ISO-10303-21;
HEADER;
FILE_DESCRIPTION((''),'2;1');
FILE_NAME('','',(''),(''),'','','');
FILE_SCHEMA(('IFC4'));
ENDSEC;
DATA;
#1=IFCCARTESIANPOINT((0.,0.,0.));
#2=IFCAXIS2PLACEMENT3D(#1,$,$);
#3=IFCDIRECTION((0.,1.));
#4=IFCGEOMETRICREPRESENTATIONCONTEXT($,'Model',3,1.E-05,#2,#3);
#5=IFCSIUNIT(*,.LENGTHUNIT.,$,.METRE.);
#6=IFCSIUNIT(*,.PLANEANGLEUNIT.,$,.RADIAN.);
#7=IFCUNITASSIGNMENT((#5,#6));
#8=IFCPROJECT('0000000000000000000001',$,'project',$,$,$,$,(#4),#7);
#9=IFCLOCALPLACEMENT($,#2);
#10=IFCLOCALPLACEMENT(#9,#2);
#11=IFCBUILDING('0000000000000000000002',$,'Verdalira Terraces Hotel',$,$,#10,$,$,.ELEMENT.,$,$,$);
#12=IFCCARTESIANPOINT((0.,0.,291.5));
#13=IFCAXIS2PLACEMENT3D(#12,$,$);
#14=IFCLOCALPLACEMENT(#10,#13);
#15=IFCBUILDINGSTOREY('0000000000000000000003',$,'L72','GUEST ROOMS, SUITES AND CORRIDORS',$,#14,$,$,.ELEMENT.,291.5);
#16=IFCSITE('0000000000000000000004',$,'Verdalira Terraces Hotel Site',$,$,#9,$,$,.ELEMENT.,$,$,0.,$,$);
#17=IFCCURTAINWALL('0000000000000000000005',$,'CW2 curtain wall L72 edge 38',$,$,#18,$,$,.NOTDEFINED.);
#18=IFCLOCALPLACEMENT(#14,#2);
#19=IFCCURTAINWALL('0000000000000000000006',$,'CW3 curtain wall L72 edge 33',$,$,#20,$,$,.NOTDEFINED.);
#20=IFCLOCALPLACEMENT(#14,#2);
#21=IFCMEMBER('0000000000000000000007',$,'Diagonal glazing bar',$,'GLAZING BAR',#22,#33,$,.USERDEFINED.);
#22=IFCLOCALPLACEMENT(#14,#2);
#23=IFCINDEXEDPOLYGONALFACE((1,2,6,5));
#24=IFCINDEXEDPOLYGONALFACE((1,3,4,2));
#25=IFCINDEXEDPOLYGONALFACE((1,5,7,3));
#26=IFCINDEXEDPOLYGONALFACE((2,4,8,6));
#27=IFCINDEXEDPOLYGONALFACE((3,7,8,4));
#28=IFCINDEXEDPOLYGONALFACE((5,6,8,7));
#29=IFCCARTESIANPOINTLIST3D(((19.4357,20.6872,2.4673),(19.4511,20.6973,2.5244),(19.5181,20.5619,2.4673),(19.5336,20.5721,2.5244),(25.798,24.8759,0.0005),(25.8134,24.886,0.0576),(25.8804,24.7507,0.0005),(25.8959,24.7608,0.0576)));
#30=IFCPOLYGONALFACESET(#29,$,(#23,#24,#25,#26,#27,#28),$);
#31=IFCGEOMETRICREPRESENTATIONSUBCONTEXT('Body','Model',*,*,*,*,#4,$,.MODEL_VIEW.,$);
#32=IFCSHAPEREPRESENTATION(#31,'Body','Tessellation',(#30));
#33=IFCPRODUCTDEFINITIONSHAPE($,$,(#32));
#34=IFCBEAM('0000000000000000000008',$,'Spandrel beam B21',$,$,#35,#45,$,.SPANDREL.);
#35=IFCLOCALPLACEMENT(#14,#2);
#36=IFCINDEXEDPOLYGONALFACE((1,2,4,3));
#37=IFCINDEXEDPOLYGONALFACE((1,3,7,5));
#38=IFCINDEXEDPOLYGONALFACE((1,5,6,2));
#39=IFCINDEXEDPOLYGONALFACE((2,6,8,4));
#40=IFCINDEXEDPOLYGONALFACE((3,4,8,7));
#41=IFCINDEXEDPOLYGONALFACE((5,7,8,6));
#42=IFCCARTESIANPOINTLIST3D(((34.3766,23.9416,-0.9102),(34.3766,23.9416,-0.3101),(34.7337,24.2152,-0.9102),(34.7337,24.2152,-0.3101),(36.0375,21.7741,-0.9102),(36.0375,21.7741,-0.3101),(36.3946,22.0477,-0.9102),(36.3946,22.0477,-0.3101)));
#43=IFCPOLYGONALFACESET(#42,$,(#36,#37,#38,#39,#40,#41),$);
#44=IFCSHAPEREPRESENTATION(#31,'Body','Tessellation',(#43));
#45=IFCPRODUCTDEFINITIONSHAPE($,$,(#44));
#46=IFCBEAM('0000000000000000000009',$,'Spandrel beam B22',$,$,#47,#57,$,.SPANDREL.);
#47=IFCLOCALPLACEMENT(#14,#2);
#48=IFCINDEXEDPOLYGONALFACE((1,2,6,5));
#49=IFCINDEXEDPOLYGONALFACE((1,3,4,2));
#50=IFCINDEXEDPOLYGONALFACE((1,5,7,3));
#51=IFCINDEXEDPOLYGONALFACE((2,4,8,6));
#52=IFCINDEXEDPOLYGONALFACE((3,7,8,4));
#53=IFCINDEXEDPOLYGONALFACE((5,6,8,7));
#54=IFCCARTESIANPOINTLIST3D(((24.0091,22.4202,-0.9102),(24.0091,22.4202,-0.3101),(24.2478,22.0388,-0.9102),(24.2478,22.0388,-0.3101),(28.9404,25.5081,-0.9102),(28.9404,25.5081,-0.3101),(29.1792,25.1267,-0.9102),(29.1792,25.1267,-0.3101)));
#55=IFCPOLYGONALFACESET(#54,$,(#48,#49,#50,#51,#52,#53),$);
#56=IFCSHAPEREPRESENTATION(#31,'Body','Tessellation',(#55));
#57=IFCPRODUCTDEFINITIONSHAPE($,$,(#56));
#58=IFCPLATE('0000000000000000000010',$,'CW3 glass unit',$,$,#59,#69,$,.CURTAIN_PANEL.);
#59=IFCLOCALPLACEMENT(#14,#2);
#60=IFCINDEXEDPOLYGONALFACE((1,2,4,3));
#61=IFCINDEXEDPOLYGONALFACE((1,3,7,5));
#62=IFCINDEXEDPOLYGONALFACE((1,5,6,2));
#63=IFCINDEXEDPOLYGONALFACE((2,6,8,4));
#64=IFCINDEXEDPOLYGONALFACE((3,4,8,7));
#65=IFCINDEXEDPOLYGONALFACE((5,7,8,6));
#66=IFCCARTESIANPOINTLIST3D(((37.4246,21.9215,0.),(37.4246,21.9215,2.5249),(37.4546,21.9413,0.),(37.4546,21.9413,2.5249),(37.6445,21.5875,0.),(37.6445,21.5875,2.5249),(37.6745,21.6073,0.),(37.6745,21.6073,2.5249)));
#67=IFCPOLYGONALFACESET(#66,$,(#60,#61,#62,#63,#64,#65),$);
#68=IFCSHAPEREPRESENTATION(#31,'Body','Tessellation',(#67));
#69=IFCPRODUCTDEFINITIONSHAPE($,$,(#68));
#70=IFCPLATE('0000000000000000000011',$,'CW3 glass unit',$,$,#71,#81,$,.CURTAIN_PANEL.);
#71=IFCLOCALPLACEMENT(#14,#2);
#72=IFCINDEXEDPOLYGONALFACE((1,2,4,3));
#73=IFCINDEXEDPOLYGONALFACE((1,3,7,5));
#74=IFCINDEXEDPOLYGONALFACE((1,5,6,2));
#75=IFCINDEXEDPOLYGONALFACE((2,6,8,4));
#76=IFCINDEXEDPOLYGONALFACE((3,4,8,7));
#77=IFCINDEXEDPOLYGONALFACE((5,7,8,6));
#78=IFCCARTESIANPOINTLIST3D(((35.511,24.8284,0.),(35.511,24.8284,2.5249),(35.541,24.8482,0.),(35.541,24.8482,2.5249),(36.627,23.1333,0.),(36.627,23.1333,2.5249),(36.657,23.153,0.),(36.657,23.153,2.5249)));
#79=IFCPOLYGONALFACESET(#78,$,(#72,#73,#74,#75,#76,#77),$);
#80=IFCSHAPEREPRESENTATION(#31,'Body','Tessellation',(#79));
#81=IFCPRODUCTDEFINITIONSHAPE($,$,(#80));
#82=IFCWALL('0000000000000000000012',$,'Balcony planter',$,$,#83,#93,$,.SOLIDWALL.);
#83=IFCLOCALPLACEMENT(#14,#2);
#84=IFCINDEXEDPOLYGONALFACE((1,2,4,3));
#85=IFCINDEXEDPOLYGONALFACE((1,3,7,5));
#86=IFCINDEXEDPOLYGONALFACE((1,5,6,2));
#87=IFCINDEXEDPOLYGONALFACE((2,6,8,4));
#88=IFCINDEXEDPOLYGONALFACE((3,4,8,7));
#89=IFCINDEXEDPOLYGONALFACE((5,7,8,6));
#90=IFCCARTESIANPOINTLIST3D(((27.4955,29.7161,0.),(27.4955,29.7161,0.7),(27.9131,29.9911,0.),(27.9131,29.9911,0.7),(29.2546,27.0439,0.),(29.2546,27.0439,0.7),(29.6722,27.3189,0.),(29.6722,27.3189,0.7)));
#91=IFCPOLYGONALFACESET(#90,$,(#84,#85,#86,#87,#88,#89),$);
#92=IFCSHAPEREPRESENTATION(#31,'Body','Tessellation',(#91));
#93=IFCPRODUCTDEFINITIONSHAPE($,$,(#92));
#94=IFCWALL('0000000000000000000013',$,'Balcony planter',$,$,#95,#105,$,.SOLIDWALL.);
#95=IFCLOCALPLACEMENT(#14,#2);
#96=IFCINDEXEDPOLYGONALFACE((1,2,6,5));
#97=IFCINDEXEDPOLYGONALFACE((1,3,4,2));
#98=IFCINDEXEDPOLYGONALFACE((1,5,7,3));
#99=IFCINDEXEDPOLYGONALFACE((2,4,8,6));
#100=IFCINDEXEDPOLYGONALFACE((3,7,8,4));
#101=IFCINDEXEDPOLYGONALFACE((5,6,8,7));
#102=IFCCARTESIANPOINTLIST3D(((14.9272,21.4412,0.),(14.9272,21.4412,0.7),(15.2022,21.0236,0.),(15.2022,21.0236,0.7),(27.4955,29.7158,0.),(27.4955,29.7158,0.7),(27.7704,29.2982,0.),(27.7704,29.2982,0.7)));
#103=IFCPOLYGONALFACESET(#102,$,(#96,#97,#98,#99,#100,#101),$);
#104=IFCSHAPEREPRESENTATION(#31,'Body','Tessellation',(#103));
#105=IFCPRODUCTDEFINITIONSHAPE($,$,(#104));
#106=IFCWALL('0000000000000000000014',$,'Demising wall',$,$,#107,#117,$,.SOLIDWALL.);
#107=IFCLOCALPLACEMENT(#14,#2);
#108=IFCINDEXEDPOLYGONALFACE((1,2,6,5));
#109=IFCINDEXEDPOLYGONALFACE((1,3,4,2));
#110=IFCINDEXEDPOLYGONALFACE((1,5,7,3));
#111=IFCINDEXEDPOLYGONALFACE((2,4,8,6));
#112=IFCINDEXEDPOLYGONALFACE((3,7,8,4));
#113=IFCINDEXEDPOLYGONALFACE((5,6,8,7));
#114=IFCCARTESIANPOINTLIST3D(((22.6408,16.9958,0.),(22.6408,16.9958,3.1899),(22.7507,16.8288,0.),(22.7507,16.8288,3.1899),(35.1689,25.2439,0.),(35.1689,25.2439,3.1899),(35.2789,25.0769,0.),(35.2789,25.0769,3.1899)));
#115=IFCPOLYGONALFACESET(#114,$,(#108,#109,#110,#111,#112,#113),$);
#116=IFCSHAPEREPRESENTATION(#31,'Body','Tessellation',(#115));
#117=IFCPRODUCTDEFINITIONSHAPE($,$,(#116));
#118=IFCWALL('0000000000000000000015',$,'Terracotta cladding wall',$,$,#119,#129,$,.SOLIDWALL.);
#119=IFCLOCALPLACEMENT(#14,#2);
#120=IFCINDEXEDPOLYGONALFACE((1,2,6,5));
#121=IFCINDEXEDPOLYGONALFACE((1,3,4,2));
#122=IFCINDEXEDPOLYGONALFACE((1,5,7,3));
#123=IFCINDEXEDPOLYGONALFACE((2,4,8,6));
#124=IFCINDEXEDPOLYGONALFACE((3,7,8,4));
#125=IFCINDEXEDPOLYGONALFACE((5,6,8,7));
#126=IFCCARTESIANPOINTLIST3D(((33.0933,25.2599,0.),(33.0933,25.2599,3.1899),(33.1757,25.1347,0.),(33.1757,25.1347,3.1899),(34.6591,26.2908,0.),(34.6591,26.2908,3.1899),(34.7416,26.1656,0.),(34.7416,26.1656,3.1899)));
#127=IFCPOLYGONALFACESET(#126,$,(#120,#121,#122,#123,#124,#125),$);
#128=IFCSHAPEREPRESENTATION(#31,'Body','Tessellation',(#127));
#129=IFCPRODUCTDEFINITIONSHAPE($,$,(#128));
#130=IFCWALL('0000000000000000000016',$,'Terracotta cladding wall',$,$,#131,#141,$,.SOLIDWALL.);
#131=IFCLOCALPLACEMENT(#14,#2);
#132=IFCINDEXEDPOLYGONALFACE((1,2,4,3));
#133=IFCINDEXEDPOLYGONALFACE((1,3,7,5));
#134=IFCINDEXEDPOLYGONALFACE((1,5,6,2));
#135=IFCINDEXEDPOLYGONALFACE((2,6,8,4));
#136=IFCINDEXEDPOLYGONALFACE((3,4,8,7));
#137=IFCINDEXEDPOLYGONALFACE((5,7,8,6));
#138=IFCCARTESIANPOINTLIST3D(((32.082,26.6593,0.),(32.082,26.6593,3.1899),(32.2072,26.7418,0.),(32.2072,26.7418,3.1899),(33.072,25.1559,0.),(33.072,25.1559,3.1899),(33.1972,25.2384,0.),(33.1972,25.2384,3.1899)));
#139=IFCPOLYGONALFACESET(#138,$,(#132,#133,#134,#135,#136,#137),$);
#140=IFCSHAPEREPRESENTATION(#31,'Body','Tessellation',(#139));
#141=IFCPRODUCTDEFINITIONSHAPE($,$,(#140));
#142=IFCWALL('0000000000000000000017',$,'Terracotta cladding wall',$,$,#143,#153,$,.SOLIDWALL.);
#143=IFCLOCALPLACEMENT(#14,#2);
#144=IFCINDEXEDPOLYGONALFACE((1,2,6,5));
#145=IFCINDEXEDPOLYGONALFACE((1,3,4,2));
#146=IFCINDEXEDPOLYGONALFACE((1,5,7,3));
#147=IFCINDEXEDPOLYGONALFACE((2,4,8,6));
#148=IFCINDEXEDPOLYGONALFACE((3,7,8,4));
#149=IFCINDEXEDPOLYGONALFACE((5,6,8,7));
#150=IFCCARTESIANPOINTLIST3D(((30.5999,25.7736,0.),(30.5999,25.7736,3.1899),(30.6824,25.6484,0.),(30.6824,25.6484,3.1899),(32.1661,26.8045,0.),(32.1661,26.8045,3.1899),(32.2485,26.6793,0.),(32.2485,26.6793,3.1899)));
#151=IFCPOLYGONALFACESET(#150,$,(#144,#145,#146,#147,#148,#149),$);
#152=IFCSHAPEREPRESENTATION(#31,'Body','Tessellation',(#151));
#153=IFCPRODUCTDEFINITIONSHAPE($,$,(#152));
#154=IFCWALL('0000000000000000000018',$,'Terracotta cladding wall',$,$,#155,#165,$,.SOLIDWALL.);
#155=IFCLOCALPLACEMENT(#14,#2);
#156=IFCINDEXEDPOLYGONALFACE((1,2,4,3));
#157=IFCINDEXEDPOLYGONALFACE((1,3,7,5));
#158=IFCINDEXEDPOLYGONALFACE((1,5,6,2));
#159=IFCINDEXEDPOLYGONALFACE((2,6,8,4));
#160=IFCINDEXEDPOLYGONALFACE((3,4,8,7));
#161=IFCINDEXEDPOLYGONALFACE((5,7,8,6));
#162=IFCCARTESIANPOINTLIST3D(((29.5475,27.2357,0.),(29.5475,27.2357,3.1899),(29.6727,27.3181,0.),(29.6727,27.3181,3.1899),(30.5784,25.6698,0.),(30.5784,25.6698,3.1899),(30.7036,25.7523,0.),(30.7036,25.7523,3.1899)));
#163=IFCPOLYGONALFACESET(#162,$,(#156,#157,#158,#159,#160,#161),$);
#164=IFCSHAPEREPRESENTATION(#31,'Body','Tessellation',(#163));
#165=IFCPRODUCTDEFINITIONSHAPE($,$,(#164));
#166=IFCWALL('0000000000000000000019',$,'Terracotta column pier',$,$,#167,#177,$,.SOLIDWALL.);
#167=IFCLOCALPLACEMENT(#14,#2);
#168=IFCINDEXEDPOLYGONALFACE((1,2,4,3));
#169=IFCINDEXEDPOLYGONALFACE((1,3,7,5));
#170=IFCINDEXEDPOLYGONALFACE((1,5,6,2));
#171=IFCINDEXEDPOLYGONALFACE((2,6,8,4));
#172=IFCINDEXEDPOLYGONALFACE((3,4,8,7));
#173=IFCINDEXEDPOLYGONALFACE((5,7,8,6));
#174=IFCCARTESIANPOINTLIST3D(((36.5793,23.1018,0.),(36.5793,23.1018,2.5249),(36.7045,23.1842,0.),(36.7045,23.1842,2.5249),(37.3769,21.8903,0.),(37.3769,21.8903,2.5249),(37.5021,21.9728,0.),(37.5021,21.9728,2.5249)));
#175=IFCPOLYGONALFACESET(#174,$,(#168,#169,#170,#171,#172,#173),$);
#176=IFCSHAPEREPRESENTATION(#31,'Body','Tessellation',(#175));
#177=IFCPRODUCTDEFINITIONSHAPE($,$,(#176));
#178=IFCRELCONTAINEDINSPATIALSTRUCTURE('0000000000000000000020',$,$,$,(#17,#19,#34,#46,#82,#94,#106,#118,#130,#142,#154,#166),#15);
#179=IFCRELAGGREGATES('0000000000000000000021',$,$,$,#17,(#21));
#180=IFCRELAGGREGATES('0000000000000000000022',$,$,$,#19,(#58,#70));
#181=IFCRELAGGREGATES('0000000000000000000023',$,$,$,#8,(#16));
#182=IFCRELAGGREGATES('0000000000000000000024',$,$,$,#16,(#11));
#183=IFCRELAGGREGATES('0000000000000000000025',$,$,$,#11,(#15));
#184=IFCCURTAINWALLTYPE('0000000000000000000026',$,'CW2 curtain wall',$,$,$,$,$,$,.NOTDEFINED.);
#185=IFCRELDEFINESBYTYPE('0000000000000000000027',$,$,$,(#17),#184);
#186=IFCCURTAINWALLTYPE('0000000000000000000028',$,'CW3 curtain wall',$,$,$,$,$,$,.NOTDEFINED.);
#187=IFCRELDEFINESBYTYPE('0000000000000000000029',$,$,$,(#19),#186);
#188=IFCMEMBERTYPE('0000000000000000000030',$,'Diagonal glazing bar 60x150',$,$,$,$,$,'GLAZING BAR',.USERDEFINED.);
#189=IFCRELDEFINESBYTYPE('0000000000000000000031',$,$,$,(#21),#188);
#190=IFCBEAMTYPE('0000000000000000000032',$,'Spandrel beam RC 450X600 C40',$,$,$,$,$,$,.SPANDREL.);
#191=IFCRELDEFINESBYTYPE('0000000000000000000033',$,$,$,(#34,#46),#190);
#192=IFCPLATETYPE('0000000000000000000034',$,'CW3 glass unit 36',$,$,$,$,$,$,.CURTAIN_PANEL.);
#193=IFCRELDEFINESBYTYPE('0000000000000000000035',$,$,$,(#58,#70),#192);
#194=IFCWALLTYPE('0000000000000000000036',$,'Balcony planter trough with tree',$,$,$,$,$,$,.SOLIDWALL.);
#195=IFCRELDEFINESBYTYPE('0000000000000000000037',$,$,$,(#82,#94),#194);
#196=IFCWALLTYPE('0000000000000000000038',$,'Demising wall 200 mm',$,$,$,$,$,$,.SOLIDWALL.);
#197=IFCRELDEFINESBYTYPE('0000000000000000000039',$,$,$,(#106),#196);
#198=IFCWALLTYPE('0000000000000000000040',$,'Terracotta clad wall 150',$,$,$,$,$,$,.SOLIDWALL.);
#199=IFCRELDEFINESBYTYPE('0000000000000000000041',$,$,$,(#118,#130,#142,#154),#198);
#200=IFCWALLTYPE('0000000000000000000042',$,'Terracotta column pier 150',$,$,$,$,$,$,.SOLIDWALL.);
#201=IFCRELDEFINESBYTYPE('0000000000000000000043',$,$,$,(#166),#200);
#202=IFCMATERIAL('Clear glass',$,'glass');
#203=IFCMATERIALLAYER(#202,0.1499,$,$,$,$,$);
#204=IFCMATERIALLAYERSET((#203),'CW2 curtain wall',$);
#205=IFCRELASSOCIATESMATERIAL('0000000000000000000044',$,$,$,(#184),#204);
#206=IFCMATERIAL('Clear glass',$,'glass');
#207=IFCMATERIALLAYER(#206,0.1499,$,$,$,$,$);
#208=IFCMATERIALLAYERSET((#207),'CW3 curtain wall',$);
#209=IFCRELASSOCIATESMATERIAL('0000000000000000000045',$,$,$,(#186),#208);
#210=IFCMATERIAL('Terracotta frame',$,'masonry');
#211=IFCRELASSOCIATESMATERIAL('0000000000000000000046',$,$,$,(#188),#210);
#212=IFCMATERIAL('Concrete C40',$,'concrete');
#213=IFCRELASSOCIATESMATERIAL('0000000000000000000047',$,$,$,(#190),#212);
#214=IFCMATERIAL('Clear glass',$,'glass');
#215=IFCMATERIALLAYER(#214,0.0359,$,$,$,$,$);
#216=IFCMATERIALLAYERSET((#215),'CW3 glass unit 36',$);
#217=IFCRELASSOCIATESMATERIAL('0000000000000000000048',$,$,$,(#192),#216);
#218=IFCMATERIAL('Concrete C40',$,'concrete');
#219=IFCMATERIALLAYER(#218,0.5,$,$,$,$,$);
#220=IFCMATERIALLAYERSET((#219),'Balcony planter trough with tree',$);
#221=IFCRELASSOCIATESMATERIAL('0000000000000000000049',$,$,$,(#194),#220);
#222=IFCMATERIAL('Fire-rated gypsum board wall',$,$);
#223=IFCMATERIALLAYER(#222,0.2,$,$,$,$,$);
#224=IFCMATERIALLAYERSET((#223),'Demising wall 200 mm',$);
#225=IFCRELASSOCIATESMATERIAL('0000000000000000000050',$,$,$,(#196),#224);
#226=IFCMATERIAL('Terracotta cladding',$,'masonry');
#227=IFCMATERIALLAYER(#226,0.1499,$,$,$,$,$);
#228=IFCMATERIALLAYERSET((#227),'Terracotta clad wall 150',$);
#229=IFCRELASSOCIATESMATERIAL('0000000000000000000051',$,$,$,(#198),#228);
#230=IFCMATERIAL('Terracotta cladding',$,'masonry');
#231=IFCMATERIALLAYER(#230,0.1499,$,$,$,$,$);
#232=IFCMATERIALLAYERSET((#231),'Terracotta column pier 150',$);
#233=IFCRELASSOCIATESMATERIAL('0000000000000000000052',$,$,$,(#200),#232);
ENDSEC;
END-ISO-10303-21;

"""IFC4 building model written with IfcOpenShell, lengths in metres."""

from ifc_helpers import new_model, si_unit, direction, frame, frame_2d, origin, origin_2d, place, context, subcontext, project, spatial, rectangle, extrude, material, layer, layer_set, material_profile, profile_set, type_object, element, aggregate, save


model = new_model("IFC4")

# Units and contexts
model_context = context("Model", 3, precision=1e-05, world=origin(), true_north=direction((0.0, 1.0)))
body_context = subcontext(model_context, "Body", "Model", "MODEL_VIEW")
ifc_project = project(units=[si_unit("LENGTHUNIT", "METRE"), si_unit("PLANEANGLEUNIT", "RADIAN")], contexts=[model_context])

# Site, building, storey
site_placement = place(None, origin())
site = spatial("IfcSite", under=ifc_project, at=site_placement, Name="Verdalira Terraces Hotel Site", CompositionType="ELEMENT", RefElevation=0.0)
building_placement = place(site_placement, origin())
building = spatial("IfcBuilding", under=site, at=building_placement, Name="Verdalira Terraces Hotel", CompositionType="ELEMENT")
storey_placement = place(building_placement, frame((0.0, 0.0, 291.5)))
storey = spatial("IfcBuildingStorey", under=building, at=storey_placement, Name="L72", Description="GUEST ROOMS, SUITES AND CORRIDORS", CompositionType="ELEMENT", Elevation=291.5)

# Curtain walls
ifc_material_1 = material(Name="Clear glass", Category="glass")
ifc_layer_1 = layer(ifc_material_1, 0.1499)
ifc_layer_set_1 = layer_set([ifc_layer_1], Name="CW2 curtain wall")
curtain_wall_type_1 = type_object("IfcCurtainWallType", Name="CW2 curtain wall", PredefinedType="NOTDEFINED", material=ifc_layer_set_1)
curtain_wall_1_placement = place(storey_placement, origin())
curtain_wall_1 = element("IfcCurtainWall", 1, at=curtain_wall_1_placement, inside=storey, type_object=curtain_wall_type_1, Name="CW2 curtain wall L72 edge 38", PredefinedType="NOTDEFINED")
ifc_material_2 = material(Name="Clear glass", Category="glass")
ifc_layer_2 = layer(ifc_material_2, 0.1499)
ifc_layer_set_2 = layer_set([ifc_layer_2], Name="CW3 curtain wall")
curtain_wall_type_2 = type_object("IfcCurtainWallType", Name="CW3 curtain wall", PredefinedType="NOTDEFINED", material=ifc_layer_set_2)
curtain_wall_2_placement = place(storey_placement, origin())
curtain_wall_2 = element("IfcCurtainWall", 2, at=curtain_wall_2_placement, inside=storey, type_object=curtain_wall_type_2, Name="CW3 curtain wall L72 edge 33", PredefinedType="NOTDEFINED")

# Member
ifc_material_3 = material(Name="Terracotta frame", Category="masonry")
ifc_material_profile_1 = material_profile(ifc_material_3, rectangle(XDim=0.1499, YDim=0.0601, at=origin_2d()), Name="GB 60x150")
ifc_profile_set_1 = profile_set([ifc_material_profile_1], Name="Terracotta frame")
member_type_1 = type_object("IfcMemberType", Name="Diagonal glazing bar 60x150", ElementType="GLAZING BAR", PredefinedType="USERDEFINED", material=ifc_profile_set_1)
member_1_placement = place(storey_placement, frame((25.8469, 24.8184, 0.0291), z_axis=(-0.794609, -0.523143, 0.308086), x_axis=(0.549891, -0.835237, 0.0)))
member_1 = element("IfcMember", 3, at=member_1_placement, type_object=member_type_1, Name="Diagonal glazing bar", ObjectType="GLAZING BAR", PredefinedType="USERDEFINED", context=body_context, shape_type="SweptSolid", body=[
    extrude(rectangle(XDim=0.1499, YDim=0.0601, at=origin_2d()), origin(), (0.0, 0.0, 1.0), 8.0068),
])
aggregate(curtain_wall_1, [member_1])

# Beams
ifc_material_4 = material(Name="Concrete C40", Category="concrete")
ifc_material_profile_2 = material_profile(ifc_material_4, rectangle(XDim=0.45, YDim=0.6001, at=origin_2d()), Name="RC 450X600")
ifc_profile_set_2 = profile_set([ifc_material_profile_2], Name="Concrete C40")
beam_type_1 = type_object("IfcBeamType", Name="Spandrel beam RC 450X600 C40", PredefinedType="SPANDREL", material=ifc_profile_set_2)
beam_1_placement = place(storey_placement, frame((36.2161, 21.9109, -0.6101), z_axis=(-0.608236, 0.793756, 0.0), x_axis=(-0.793756, -0.608236, 0.0)))
element("IfcBeam", 4, at=beam_1_placement, inside=storey, type_object=beam_type_1, Name="Spandrel beam B21", PredefinedType="SPANDREL", context=body_context, shape_type="SweptSolid", body=[
    extrude(rectangle(XDim=0.45, YDim=0.6001, at=origin_2d()), origin(), (0.0, 0.0, 1.0), 2.7307),
])
beam_2_placement = place(storey_placement, frame((29.0598, 25.3174, -0.6101), z_axis=(-0.847552, -0.530712, 0.0), x_axis=(0.530712, -0.847552, 0.0)))
element("IfcBeam", 5, at=beam_2_placement, inside=storey, type_object=beam_type_1, Name="Spandrel beam B22", PredefinedType="SPANDREL", context=body_context, shape_type="SweptSolid", body=[
    extrude(rectangle(XDim=0.45, YDim=0.6001, at=origin_2d()), origin(), (0.0, 0.0, 1.0), 5.8184),
])

# Plates
ifc_material_5 = material(Name="Clear glass", Category="glass")
ifc_layer_3 = layer(ifc_material_5, 0.0359)
ifc_layer_set_3 = layer_set([ifc_layer_3], Name="CW3 glass unit 36")
plate_type = type_object("IfcPlateType", Name="CW3 glass unit 36", PredefinedType="CURTAIN_PANEL", material=ifc_layer_set_3)
plate_1_placement = place(storey_placement, frame((37.5496, 21.7644, 0.0), z_axis=(0.0, 0.0, 1.0), x_axis=(-0.549898, 0.835232, 0.0)))
plate_1 = element("IfcPlate", 6, at=plate_1_placement, type_object=plate_type, Name="CW3 glass unit", PredefinedType="CURTAIN_PANEL", context=body_context, shape_type="SweptSolid", body=[
    extrude(rectangle(XDim=0.3999, YDim=0.0359, at=origin_2d()), origin(), (0.0, 0.0, 1.0), 2.5249),
])
plate_2_placement = place(storey_placement, frame((36.084, 23.9907, 0.0), z_axis=(0.0, 0.0, 1.0), x_axis=(-0.549898, 0.835232, 0.0)))
plate_2 = element("IfcPlate", 7, at=plate_2_placement, type_object=plate_type, Name="CW3 glass unit", PredefinedType="CURTAIN_PANEL", context=body_context, shape_type="SweptSolid", body=[
    extrude(rectangle(XDim=2.0295, YDim=0.0359, at=origin_2d()), origin(), (0.0, 0.0, 1.0), 2.5249),
])
aggregate(curtain_wall_2, [plate_1, plate_2])

# Walls
ifc_material_6 = material(Name="Concrete C40", Category="concrete")
ifc_layer_4 = layer(ifc_material_6, 0.5)
ifc_layer_set_4 = layer_set([ifc_layer_4], Name="Balcony planter trough with tree")
wall_type_1 = type_object("IfcWallType", Name="Balcony planter trough with tree", PredefinedType="SOLIDWALL", material=ifc_layer_set_4)
wall_1_placement = place(storey_placement, frame((29.4634, 27.1814, 0.0), z_axis=(0.0, 0.0, 1.0), x_axis=(-0.549848, 0.835265, 0.0)))
element("IfcWall", 8, at=wall_1_placement, inside=storey, type_object=wall_type_1, Name="Balcony planter", PredefinedType="SOLIDWALL", context=body_context, shape_type="SweptSolid", body=[
    extrude(rectangle(XDim=3.1992, YDim=0.5, at=frame_2d((1.5996, 0.0))), origin(), (0.0, 0.0, 1.0), 0.7),
])
wall_2_placement = place(storey_placement, frame((27.6331, 29.5071, 0.0), z_axis=(0.0, 0.0, 1.0), x_axis=(-0.835234, -0.549895, 0.0)))
element("IfcWall", 9, at=wall_2_placement, inside=storey, type_object=wall_type_1, Name="Balcony planter", PredefinedType="SOLIDWALL", context=body_context, shape_type="SweptSolid", body=[
    extrude(rectangle(XDim=15.0476, YDim=0.5, at=frame_2d((7.5239, 0.0))), origin(), (0.0, 0.0, 1.0), 0.7),
])
ifc_material_7 = material(Name="Fire-rated gypsum board wall")
ifc_layer_5 = layer(ifc_material_7, 0.2)
ifc_layer_set_5 = layer_set([ifc_layer_5], Name="Demising wall 200 mm")
wall_type_2 = type_object("IfcWallType", Name="Demising wall 200 mm", PredefinedType="SOLIDWALL", material=ifc_layer_set_5)
wall_3_placement = place(storey_placement, frame((35.2239, 25.1604, 0.0), z_axis=(0.0, 0.0, 1.0), x_axis=(-0.835237, -0.549891, 0.0)))
element("IfcWall", 10, at=wall_3_placement, inside=storey, type_object=wall_type_2, Name="Demising wall", PredefinedType="SOLIDWALL", context=body_context, shape_type="SweptSolid", body=[
    extrude(rectangle(XDim=14.9995, YDim=0.2, at=frame_2d((7.4998, 0.0))), origin(), (0.0, 0.0, 1.0), 3.1899),
])
ifc_material_8 = material(Name="Terracotta cladding", Category="masonry")
ifc_layer_6 = layer(ifc_material_8, 0.1499)
ifc_layer_set_6 = layer_set([ifc_layer_6], Name="Terracotta clad wall 150")
wall_type_3 = type_object("IfcWallType", Name="Terracotta clad wall 150", PredefinedType="SOLIDWALL", material=ifc_layer_set_6)
wall_4_placement = place(storey_placement, frame((34.7004, 26.2283, 0.0), z_axis=(0.0, 0.0, 1.0), x_axis=(-0.835222, -0.549913, 0.0)))
element("IfcWall", 11, at=wall_4_placement, inside=storey, type_object=wall_type_3, Name="Terracotta cladding wall", PredefinedType="SOLIDWALL", context=body_context, shape_type="SweptSolid", body=[
    extrude(rectangle(XDim=1.8748, YDim=0.1499, at=frame_2d((0.9375, 0.0))), origin(), (0.0, 0.0, 1.0), 3.1899),
])
wall_5_placement = place(storey_placement, frame((33.1345, 25.1973, 0.0), z_axis=(0.0, 0.0, 1.0), x_axis=(-0.549965, 0.835188, 0.0)))
element("IfcWall", 12, at=wall_5_placement, inside=storey, type_object=wall_type_3, Name="Terracotta cladding wall", PredefinedType="SOLIDWALL", context=body_context, shape_type="SweptSolid", body=[
    extrude(rectangle(XDim=1.8, YDim=0.1499, at=frame_2d((0.8999, 0.0))), origin(), (0.0, 0.0, 1.0), 3.1899),
])
wall_6_placement = place(storey_placement, frame((32.2073, 26.7419, 0.0), z_axis=(0.0, 0.0, 1.0), x_axis=(-0.835261, -0.549853, 0.0)))
element("IfcWall", 13, at=wall_6_placement, inside=storey, type_object=wall_type_3, Name="Terracotta cladding wall", PredefinedType="SOLIDWALL", context=body_context, shape_type="SweptSolid", body=[
    extrude(rectangle(XDim=1.875, YDim=0.1499, at=frame_2d((0.9375, 0.0))), origin(), (0.0, 0.0, 1.0), 3.1899),
])
wall_7_placement = place(storey_placement, frame((30.6411, 25.7109, 0.0), z_axis=(0.0, 0.0, 1.0), x_axis=(-0.549913, 0.835222, 0.0)))
element("IfcWall", 14, at=wall_7_placement, inside=storey, type_object=wall_type_3, Name="Terracotta cladding wall", PredefinedType="SOLIDWALL", context=body_context, shape_type="SweptSolid", body=[
    extrude(rectangle(XDim=1.8748, YDim=0.1499, at=frame_2d((0.9375, 0.0))), origin(), (0.0, 0.0, 1.0), 3.1899),
])
ifc_material_9 = material(Name="Terracotta cladding", Category="masonry")
ifc_layer_7 = layer(ifc_material_9, 0.1499)
ifc_layer_set_7 = layer_set([ifc_layer_7], Name="Terracotta column pier 150")
wall_type_4 = type_object("IfcWallType", Name="Terracotta column pier 150", PredefinedType="SOLIDWALL", material=ifc_layer_set_7)
wall_8_placement = place(storey_placement, frame((37.4395, 21.9316, 0.0), z_axis=(0.0, 0.0, 1.0), x_axis=(-0.549913, 0.835222, 0.0)))
element("IfcWall", 15, at=wall_8_placement, inside=storey, type_object=wall_type_4, Name="Terracotta column pier", PredefinedType="SOLIDWALL", context=body_context, shape_type="SweptSolid", body=[
    extrude(rectangle(XDim=1.4504, YDim=0.1499, at=frame_2d((0.7251, 0.0))), origin(), (0.0, 0.0, 1.0), 2.5249),
])

save(model, "model.ifc")
